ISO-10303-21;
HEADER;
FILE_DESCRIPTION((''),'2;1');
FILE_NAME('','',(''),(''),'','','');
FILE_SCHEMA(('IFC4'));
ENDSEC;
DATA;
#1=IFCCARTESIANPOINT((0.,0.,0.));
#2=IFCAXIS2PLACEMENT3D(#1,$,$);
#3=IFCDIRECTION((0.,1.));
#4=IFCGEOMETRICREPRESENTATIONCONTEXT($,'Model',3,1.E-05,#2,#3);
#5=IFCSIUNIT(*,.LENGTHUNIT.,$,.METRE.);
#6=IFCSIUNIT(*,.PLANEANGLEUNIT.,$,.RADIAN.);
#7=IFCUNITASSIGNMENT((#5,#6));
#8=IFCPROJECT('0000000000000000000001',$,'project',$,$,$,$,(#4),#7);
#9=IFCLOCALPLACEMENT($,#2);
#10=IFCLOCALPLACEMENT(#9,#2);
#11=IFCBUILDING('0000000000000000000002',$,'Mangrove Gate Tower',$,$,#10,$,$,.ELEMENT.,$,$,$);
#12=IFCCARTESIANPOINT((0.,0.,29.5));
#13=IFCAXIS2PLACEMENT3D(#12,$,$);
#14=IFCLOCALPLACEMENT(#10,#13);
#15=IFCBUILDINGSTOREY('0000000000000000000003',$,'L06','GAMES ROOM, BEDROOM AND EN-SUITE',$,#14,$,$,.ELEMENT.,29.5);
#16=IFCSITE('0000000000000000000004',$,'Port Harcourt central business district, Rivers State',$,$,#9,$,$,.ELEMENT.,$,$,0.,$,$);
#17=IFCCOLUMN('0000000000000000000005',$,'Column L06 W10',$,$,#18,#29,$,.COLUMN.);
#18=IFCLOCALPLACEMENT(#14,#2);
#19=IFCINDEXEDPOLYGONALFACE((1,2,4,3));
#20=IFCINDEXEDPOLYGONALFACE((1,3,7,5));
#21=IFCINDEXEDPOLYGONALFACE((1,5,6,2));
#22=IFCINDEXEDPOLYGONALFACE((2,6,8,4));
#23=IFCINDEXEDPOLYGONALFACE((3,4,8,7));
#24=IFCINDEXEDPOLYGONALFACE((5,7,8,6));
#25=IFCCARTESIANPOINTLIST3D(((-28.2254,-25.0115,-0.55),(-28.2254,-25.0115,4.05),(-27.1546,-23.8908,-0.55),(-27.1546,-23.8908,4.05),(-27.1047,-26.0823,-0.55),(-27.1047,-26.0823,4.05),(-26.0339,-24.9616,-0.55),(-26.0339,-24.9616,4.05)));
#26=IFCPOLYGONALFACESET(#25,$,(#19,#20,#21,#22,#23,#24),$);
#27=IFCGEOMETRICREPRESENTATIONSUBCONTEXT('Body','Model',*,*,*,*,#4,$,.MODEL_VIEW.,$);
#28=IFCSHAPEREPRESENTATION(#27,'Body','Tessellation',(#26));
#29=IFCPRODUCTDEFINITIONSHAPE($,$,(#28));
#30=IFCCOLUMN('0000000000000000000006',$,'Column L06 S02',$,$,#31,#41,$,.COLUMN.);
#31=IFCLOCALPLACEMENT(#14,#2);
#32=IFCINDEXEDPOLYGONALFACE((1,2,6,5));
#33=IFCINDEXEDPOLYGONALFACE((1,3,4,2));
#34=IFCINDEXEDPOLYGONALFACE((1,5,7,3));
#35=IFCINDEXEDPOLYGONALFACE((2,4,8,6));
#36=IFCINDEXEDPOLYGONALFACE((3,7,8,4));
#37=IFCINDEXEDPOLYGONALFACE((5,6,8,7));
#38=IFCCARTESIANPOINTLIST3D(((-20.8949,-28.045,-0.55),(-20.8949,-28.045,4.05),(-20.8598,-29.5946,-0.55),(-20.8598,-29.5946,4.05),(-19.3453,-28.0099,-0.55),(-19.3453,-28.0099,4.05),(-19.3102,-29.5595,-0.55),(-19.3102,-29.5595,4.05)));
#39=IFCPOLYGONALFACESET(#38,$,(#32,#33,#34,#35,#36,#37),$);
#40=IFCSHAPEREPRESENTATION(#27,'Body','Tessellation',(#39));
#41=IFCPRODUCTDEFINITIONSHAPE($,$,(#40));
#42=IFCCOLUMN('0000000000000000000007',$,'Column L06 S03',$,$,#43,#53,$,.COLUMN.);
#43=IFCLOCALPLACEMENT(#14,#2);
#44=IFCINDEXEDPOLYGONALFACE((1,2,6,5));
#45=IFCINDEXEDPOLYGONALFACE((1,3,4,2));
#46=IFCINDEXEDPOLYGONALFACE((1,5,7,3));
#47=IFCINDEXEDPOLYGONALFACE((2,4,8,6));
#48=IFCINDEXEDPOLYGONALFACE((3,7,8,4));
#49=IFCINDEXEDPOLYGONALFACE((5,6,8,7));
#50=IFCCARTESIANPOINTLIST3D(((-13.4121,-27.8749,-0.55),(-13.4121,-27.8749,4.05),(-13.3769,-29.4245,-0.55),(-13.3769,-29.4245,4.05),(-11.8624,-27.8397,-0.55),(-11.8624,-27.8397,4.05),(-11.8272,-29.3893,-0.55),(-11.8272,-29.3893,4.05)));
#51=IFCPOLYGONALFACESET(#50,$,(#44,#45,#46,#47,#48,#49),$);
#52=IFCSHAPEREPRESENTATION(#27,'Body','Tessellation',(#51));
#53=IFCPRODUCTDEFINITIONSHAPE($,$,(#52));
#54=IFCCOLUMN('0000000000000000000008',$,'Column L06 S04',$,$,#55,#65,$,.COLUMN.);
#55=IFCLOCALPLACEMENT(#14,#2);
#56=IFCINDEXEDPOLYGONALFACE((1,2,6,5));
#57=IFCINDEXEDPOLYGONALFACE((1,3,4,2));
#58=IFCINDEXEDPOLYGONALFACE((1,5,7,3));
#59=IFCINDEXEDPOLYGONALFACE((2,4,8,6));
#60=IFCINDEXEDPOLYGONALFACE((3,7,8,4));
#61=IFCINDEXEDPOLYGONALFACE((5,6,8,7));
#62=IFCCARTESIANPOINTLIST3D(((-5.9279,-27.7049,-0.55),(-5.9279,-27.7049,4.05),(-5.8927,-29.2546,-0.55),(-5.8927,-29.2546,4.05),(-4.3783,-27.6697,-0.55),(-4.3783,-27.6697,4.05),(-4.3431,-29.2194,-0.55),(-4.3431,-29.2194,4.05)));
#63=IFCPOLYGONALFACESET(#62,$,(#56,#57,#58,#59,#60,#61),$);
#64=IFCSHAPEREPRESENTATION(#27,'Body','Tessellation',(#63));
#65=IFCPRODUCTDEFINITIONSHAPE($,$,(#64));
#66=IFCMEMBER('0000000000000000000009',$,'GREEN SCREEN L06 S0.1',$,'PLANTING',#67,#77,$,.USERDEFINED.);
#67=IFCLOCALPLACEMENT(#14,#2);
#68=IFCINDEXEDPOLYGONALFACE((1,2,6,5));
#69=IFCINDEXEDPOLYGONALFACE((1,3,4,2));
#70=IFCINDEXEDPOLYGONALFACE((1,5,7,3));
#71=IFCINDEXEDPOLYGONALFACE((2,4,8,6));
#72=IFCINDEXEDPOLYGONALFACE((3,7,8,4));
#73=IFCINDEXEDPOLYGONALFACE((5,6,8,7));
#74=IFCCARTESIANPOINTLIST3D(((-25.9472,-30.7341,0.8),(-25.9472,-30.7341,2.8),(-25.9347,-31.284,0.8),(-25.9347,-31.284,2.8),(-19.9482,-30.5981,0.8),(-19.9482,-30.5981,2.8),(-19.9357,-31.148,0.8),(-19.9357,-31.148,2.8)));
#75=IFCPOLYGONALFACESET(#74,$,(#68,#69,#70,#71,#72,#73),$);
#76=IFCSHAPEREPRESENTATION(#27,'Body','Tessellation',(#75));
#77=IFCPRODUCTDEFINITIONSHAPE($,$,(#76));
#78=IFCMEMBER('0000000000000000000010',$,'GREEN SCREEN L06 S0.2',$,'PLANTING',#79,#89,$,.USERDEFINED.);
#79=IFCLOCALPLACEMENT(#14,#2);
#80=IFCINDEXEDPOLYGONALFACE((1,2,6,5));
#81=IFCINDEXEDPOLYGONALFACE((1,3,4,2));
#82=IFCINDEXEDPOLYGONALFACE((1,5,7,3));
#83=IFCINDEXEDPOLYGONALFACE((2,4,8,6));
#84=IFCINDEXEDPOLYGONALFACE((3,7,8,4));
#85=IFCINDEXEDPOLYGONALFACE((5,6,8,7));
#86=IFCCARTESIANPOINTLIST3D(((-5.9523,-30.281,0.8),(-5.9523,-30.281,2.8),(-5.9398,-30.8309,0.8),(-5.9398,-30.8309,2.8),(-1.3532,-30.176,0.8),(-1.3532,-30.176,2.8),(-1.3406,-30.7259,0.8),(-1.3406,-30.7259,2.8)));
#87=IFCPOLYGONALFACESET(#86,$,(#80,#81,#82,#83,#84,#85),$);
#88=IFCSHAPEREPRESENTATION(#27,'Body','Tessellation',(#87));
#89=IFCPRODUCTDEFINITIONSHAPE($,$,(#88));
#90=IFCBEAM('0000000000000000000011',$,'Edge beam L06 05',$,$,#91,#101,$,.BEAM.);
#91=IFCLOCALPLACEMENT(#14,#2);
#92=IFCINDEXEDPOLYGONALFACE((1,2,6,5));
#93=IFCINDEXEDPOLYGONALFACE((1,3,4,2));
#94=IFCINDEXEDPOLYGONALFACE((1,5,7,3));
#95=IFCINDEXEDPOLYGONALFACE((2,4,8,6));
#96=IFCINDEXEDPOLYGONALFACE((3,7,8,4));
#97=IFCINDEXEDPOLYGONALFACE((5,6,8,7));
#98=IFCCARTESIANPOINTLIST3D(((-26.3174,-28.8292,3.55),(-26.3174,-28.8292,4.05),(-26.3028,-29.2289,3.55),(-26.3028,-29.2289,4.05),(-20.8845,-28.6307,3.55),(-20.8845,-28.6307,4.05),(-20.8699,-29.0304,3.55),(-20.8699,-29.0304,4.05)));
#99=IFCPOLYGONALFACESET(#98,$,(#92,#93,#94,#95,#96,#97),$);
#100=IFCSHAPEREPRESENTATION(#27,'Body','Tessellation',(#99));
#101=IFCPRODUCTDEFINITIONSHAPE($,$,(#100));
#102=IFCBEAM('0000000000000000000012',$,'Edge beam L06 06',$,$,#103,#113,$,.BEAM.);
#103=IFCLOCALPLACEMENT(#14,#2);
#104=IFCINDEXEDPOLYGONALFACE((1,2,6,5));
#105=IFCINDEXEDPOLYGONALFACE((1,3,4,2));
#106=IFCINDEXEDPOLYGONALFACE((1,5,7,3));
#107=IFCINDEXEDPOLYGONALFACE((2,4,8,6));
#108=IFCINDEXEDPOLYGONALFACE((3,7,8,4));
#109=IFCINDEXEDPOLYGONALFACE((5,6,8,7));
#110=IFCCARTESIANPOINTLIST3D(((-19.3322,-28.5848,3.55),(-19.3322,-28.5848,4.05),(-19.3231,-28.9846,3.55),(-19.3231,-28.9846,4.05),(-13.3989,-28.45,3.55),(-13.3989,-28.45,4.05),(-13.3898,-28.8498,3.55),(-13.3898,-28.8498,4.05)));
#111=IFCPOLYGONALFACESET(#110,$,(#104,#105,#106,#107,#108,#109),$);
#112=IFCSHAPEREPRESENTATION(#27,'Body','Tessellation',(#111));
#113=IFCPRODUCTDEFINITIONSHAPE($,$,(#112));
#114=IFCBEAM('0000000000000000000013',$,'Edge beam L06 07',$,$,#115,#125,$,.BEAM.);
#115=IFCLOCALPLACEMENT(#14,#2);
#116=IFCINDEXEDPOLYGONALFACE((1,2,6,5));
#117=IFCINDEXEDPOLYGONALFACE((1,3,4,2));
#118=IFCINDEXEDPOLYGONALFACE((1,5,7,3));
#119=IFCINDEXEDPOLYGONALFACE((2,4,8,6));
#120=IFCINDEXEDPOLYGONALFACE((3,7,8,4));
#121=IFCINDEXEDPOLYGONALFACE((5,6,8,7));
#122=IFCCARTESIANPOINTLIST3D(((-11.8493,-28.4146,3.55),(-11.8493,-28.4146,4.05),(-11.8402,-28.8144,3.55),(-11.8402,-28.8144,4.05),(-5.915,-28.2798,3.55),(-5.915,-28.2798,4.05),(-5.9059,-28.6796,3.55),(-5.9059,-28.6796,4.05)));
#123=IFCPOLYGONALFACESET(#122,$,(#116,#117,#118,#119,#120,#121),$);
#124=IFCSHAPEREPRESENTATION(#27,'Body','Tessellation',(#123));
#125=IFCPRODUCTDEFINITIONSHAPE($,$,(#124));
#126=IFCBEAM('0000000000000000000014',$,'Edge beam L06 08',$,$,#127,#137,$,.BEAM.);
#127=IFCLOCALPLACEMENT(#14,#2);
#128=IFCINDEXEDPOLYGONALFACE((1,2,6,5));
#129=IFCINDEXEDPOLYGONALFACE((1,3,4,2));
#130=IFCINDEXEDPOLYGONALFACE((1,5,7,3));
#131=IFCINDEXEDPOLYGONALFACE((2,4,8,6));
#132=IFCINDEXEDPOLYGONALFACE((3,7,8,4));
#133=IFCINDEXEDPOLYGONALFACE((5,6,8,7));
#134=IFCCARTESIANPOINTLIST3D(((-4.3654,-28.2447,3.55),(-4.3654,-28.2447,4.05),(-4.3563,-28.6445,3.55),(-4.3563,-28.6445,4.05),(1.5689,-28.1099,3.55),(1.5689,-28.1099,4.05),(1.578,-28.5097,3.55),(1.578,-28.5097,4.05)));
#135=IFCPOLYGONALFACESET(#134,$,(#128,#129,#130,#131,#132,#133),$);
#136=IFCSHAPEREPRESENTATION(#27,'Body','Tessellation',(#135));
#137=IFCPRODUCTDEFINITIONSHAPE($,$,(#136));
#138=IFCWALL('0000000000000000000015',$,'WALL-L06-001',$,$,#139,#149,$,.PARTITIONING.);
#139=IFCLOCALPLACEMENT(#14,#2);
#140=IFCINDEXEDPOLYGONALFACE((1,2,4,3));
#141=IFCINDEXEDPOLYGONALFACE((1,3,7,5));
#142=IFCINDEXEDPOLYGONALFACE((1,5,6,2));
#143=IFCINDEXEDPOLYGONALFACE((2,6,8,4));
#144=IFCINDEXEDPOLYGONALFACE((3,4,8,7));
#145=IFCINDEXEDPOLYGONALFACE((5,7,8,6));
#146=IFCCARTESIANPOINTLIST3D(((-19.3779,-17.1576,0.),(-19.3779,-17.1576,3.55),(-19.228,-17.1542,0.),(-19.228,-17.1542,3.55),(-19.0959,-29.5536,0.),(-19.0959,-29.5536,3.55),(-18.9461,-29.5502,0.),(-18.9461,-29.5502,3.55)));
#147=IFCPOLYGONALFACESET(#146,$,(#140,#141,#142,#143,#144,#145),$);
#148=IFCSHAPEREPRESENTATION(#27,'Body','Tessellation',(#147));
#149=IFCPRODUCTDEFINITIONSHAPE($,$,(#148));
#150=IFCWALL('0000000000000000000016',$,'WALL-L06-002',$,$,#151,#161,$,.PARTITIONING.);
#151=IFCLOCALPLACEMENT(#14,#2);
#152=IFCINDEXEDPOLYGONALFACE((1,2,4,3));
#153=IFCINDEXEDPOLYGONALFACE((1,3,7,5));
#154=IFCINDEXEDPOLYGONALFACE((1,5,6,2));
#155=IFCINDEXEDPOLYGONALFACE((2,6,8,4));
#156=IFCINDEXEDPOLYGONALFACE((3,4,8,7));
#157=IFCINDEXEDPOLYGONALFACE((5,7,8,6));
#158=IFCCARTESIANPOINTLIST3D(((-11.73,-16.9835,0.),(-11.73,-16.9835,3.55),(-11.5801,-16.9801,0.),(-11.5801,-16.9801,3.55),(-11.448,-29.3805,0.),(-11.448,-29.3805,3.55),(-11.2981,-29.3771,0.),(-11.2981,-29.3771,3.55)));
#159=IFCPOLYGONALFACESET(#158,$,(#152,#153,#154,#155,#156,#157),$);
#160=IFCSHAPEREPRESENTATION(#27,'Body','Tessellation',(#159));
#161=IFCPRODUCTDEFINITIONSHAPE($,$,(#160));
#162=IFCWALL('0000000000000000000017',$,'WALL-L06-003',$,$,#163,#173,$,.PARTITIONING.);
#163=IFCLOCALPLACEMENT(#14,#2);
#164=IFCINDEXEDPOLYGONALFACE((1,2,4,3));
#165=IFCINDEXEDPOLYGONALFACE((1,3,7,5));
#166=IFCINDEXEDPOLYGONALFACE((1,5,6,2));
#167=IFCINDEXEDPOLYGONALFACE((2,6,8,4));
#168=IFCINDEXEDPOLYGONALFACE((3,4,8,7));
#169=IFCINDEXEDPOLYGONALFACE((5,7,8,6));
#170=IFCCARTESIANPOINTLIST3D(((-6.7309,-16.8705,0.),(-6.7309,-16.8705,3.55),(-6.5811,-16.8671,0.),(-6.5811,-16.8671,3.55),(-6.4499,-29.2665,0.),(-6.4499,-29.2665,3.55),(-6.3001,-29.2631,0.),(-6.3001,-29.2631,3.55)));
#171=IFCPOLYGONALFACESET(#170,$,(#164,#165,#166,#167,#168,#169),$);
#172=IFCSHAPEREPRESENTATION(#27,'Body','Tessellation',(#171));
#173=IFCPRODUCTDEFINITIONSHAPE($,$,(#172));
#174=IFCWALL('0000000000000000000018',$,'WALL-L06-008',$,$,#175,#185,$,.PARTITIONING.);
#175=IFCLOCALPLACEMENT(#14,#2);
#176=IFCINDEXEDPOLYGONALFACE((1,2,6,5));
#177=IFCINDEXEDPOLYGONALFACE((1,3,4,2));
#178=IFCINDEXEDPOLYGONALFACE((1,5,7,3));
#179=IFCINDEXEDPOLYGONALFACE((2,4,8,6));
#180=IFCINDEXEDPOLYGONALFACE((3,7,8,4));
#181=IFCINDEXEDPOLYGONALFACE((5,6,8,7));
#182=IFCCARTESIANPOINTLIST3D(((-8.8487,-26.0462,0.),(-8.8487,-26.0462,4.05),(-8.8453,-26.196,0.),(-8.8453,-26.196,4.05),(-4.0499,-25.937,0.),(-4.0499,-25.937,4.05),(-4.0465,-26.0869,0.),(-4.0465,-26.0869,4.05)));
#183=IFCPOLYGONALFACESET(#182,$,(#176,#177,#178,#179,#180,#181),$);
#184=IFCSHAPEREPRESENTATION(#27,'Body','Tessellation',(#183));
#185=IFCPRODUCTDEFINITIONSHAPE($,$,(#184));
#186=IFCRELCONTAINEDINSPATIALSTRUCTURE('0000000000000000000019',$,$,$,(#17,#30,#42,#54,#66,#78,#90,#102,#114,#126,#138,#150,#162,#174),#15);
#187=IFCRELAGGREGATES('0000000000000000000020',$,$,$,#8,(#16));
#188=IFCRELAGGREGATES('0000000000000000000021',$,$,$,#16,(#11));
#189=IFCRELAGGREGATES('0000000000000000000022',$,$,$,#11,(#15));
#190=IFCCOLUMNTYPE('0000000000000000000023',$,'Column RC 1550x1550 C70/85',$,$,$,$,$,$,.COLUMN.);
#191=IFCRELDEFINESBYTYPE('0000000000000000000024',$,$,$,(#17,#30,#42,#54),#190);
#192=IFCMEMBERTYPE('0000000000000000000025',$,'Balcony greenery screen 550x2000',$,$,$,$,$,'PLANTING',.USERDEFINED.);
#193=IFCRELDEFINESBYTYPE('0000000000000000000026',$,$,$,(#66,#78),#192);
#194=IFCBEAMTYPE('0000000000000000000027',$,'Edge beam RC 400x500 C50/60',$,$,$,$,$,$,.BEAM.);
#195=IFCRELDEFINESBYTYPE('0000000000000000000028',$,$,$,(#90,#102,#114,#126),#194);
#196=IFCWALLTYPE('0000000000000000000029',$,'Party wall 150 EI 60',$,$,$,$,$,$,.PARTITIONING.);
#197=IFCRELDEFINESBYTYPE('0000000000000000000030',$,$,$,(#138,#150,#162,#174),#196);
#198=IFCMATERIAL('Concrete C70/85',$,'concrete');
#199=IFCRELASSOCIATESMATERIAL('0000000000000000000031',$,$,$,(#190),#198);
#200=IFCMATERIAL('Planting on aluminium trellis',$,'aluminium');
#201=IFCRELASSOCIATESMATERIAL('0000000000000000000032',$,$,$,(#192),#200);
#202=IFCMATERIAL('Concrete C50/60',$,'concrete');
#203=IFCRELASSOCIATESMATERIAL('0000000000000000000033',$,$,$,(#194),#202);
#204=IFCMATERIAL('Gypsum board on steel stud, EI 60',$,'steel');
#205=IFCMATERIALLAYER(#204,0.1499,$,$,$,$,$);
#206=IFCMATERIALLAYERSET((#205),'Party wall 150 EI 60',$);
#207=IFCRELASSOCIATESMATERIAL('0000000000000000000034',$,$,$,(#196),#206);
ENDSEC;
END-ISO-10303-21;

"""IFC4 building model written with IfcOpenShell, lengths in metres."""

from ifc_helpers import new_model, si_unit, direction, frame, frame_2d, origin, origin_2d, place, context, subcontext, project, spatial, rectangle, extrude, material, layer, layer_set, material_profile, profile_set, type_object, element, save


model = new_model("IFC4")

# Units and contexts
model_context = context("Model", 3, precision=1e-05, world=origin(), true_north=direction((0.0, 1.0)))
body_context = subcontext(model_context, "Body", "Model", "MODEL_VIEW")
ifc_project = project(units=[si_unit("LENGTHUNIT", "METRE"), si_unit("PLANEANGLEUNIT", "RADIAN")], contexts=[model_context])

# Site, building, storey
site_placement = place(None, origin())
site = spatial("IfcSite", under=ifc_project, at=site_placement, Name="Port Harcourt central business district, Rivers State", CompositionType="ELEMENT", RefElevation=0.0)
building_placement = place(site_placement, origin())
building = spatial("IfcBuilding", under=site, at=building_placement, Name="Mangrove Gate Tower", CompositionType="ELEMENT")
storey_placement = place(building_placement, frame((0.0, 0.0, 29.5)))
storey = spatial("IfcBuildingStorey", under=building, at=storey_placement, Name="L06", Description="GAMES ROOM, BEDROOM AND EN-SUITE", CompositionType="ELEMENT", Elevation=29.5)

# Columns
ifc_material_1 = material(Name="Concrete C70/85", Category="concrete")
ifc_material_profile_1 = material_profile(ifc_material_1, rectangle(XDim=1.55, YDim=1.55, at=origin_2d()))
ifc_profile_set_1 = profile_set([ifc_material_profile_1], Name="Concrete C70/85")
column_type = type_object("IfcColumnType", Name="Column RC 1550x1550 C70/85", PredefinedType="COLUMN", material=ifc_profile_set_1)
for number, where, z_axis, x_axis, name in (
    (1, (-27.1296, -24.9866, -0.55), (0.0, 0.0, 1.0), (0.723004, -0.690844, 0.0), "Column L06 W10"),
    (2, (-20.1025, -28.8022, -0.55), (0.0, 0.0, 1.0), (0.999744, 0.022644, 0.0), "Column L06 S02"),
    (3, (-12.6196, -28.6321, -0.55), (0.0, 0.0, 1.0), (0.999742, 0.022711, 0.0), "Column L06 S03"),
    (4, (-5.1355, -28.4622, -0.55), (0.0, 0.0, 1.0), (0.999742, 0.022709, 0.0), "Column L06 S04"),
):
    element("IfcColumn", number, at=place(storey_placement, frame(where, z_axis=z_axis, x_axis=x_axis)), inside=storey, type_object=column_type, Name=name, PredefinedType="COLUMN", context=body_context, shape_type="SweptSolid", body=[
        extrude(rectangle(XDim=1.55, YDim=1.55, at=origin_2d()), origin(), (0.0, 0.0, 1.0), 4.6001),
    ])

# Members
ifc_material_2 = material(Name="Planting on aluminium trellis", Category="aluminium")
ifc_material_profile_2 = material_profile(ifc_material_2, rectangle(XDim=0.55, YDim=2.0, at=origin_2d()))
ifc_profile_set_2 = profile_set([ifc_material_profile_2], Name="Planting on aluminium trellis")
member_type = type_object("IfcMemberType", Name="Balcony greenery screen 550x2000", ElementType="PLANTING", PredefinedType="USERDEFINED", material=ifc_profile_set_2)
member_1_placement = place(storey_placement, frame((-25.9409, -31.009, 1.8), z_axis=(0.999743, 0.022662, 0.0), x_axis=(-0.022662, 0.999743, 0.0)))
element("IfcMember", 5, at=member_1_placement, inside=storey, type_object=member_type, Name="GREEN SCREEN L06 S0.1", ObjectType="PLANTING", PredefinedType="USERDEFINED", context=body_context, shape_type="SweptSolid", body=[
    extrude(rectangle(XDim=0.55, YDim=2.0, at=origin_2d()), origin(), (0.0, 0.0, 1.0), 6.0005),
])
member_2_placement = place(storey_placement, frame((-5.946, -30.5559, 1.8), z_axis=(0.99974, 0.02282, 0.0), x_axis=(-0.02282, 0.99974, 0.0)))
element("IfcMember", 6, at=member_2_placement, inside=storey, type_object=member_type, Name="GREEN SCREEN L06 S0.2", ObjectType="PLANTING", PredefinedType="USERDEFINED", context=body_context, shape_type="SweptSolid", body=[
    extrude(rectangle(XDim=0.55, YDim=2.0, at=origin_2d()), origin(), (0.0, 0.0, 1.0), 4.6003),
])

# Beams
ifc_material_3 = material(Name="Concrete C50/60", Category="concrete")
ifc_material_profile_3 = material_profile(ifc_material_3, rectangle(XDim=0.3999, YDim=0.5, at=origin_2d()))
ifc_profile_set_3 = profile_set([ifc_material_profile_3], Name="Concrete C50/60")
beam_type = type_object("IfcBeamType", Name="Edge beam RC 400x500 C50/60", PredefinedType="BEAM", material=ifc_profile_set_3)
beam_1_placement = place(storey_placement, frame((-26.3101, -29.0291, 3.8), z_axis=(0.999333, 0.03651, 0.0), x_axis=(-0.03651, 0.999333, 0.0)))
element("IfcBeam", 7, at=beam_1_placement, inside=storey, type_object=beam_type, Name="Edge beam L06 05", PredefinedType="BEAM", context=body_context, shape_type="SweptSolid", body=[
    extrude(rectangle(XDim=0.3999, YDim=0.5, at=origin_2d()), origin(), (0.0, 0.0, 1.0), 5.4365),
])
beam_2_placement = place(storey_placement, frame((-19.3276, -28.7847, 3.8), z_axis=(0.999742, 0.022707, 0.0), x_axis=(-0.022707, 0.999742, 0.0)))
element("IfcBeam", 8, at=beam_2_placement, inside=storey, type_object=beam_type, Name="Edge beam L06 06", PredefinedType="BEAM", context=body_context, shape_type="SweptSolid", body=[
    extrude(rectangle(XDim=0.3999, YDim=0.5, at=origin_2d()), origin(), (0.0, 0.0, 1.0), 5.9348),
])
for number, where, z_axis, x_axis, name in (
    (9, (-11.8447, -28.6145, 3.8), (0.999742, 0.022704, 0.0), (-0.022704, 0.999742, 0.0), "Edge beam L06 07"),
    (10, (-4.3608, -28.4446, 3.8), (0.999742, 0.022704, 0.0), (-0.022704, 0.999742, 0.0), "Edge beam L06 08"),
):
    element("IfcBeam", number, at=place(storey_placement, frame(where, z_axis=z_axis, x_axis=x_axis)), inside=storey, type_object=beam_type, Name=name, PredefinedType="BEAM", context=body_context, shape_type="SweptSolid", body=[
        extrude(rectangle(XDim=0.3999, YDim=0.5, at=origin_2d()), origin(), (0.0, 0.0, 1.0), 5.9358),
    ])

# Walls
ifc_material_4 = material(Name="Gypsum board on steel stud, EI 60", Category="steel")
ifc_layer_1 = layer(ifc_material_4, 0.1499)
ifc_layer_set_1 = layer_set([ifc_layer_1], Name="Party wall 150 EI 60")
wall_type_1 = type_object("IfcWallType", Name="Party wall 150 EI 60", PredefinedType="PARTITIONING", material=ifc_layer_set_1)
wall_1_placement = place(storey_placement, frame((-19.021, -29.552, 0.0), z_axis=(0.0, 0.0, 1.0), x_axis=(-0.022742, 0.999741, 0.0)))
element("IfcWall", 11, at=wall_1_placement, inside=storey, type_object=wall_type_1, Name="WALL-L06-001", PredefinedType="PARTITIONING", context=body_context, shape_type="SweptSolid", body=[
    extrude(rectangle(XDim=12.3992, YDim=0.1499, at=frame_2d((6.1997, 0.0))), origin(), (0.0, 0.0, 1.0), 3.55),
])
wall_2_placement = place(storey_placement, frame((-11.373, -29.3789, 0.0), z_axis=(0.0, 0.0, 1.0), x_axis=(-0.02274, 0.999741, 0.0)))
element("IfcWall", 12, at=wall_2_placement, inside=storey, type_object=wall_type_1, Name="WALL-L06-002", PredefinedType="PARTITIONING", context=body_context, shape_type="SweptSolid", body=[
    extrude(rectangle(XDim=12.4001, YDim=0.1499, at=frame_2d((6.2002, 0.0))), origin(), (0.0, 0.0, 1.0), 3.55),
])
wall_3_placement = place(storey_placement, frame((-6.375, -29.2649, 0.0), z_axis=(0.0, 0.0, 1.0), x_axis=(-0.022663, 0.999743, 0.0)))
element("IfcWall", 13, at=wall_3_placement, inside=storey, type_object=wall_type_1, Name="WALL-L06-003", PredefinedType="PARTITIONING", context=body_context, shape_type="SweptSolid", body=[
    extrude(rectangle(XDim=12.3992, YDim=0.1499, at=frame_2d((6.1997, 0.0))), origin(), (0.0, 0.0, 1.0), 3.55),
])
wall_4_placement = place(storey_placement, frame((-8.8469, -26.1211, 0.0), z_axis=(0.0, 0.0, 1.0), x_axis=(0.999742, 0.022735, 0.0)))
element("IfcWall", 14, at=wall_4_placement, inside=storey, type_object=wall_type_1, Name="WALL-L06-008", PredefinedType="PARTITIONING", context=body_context, shape_type="SweptSolid", body=[
    extrude(rectangle(XDim=4.8, YDim=0.1499, at=frame_2d((2.3999, 0.0))), origin(), (0.0, 0.0, 1.0), 4.05),
])

save(model, "model.ifc")
